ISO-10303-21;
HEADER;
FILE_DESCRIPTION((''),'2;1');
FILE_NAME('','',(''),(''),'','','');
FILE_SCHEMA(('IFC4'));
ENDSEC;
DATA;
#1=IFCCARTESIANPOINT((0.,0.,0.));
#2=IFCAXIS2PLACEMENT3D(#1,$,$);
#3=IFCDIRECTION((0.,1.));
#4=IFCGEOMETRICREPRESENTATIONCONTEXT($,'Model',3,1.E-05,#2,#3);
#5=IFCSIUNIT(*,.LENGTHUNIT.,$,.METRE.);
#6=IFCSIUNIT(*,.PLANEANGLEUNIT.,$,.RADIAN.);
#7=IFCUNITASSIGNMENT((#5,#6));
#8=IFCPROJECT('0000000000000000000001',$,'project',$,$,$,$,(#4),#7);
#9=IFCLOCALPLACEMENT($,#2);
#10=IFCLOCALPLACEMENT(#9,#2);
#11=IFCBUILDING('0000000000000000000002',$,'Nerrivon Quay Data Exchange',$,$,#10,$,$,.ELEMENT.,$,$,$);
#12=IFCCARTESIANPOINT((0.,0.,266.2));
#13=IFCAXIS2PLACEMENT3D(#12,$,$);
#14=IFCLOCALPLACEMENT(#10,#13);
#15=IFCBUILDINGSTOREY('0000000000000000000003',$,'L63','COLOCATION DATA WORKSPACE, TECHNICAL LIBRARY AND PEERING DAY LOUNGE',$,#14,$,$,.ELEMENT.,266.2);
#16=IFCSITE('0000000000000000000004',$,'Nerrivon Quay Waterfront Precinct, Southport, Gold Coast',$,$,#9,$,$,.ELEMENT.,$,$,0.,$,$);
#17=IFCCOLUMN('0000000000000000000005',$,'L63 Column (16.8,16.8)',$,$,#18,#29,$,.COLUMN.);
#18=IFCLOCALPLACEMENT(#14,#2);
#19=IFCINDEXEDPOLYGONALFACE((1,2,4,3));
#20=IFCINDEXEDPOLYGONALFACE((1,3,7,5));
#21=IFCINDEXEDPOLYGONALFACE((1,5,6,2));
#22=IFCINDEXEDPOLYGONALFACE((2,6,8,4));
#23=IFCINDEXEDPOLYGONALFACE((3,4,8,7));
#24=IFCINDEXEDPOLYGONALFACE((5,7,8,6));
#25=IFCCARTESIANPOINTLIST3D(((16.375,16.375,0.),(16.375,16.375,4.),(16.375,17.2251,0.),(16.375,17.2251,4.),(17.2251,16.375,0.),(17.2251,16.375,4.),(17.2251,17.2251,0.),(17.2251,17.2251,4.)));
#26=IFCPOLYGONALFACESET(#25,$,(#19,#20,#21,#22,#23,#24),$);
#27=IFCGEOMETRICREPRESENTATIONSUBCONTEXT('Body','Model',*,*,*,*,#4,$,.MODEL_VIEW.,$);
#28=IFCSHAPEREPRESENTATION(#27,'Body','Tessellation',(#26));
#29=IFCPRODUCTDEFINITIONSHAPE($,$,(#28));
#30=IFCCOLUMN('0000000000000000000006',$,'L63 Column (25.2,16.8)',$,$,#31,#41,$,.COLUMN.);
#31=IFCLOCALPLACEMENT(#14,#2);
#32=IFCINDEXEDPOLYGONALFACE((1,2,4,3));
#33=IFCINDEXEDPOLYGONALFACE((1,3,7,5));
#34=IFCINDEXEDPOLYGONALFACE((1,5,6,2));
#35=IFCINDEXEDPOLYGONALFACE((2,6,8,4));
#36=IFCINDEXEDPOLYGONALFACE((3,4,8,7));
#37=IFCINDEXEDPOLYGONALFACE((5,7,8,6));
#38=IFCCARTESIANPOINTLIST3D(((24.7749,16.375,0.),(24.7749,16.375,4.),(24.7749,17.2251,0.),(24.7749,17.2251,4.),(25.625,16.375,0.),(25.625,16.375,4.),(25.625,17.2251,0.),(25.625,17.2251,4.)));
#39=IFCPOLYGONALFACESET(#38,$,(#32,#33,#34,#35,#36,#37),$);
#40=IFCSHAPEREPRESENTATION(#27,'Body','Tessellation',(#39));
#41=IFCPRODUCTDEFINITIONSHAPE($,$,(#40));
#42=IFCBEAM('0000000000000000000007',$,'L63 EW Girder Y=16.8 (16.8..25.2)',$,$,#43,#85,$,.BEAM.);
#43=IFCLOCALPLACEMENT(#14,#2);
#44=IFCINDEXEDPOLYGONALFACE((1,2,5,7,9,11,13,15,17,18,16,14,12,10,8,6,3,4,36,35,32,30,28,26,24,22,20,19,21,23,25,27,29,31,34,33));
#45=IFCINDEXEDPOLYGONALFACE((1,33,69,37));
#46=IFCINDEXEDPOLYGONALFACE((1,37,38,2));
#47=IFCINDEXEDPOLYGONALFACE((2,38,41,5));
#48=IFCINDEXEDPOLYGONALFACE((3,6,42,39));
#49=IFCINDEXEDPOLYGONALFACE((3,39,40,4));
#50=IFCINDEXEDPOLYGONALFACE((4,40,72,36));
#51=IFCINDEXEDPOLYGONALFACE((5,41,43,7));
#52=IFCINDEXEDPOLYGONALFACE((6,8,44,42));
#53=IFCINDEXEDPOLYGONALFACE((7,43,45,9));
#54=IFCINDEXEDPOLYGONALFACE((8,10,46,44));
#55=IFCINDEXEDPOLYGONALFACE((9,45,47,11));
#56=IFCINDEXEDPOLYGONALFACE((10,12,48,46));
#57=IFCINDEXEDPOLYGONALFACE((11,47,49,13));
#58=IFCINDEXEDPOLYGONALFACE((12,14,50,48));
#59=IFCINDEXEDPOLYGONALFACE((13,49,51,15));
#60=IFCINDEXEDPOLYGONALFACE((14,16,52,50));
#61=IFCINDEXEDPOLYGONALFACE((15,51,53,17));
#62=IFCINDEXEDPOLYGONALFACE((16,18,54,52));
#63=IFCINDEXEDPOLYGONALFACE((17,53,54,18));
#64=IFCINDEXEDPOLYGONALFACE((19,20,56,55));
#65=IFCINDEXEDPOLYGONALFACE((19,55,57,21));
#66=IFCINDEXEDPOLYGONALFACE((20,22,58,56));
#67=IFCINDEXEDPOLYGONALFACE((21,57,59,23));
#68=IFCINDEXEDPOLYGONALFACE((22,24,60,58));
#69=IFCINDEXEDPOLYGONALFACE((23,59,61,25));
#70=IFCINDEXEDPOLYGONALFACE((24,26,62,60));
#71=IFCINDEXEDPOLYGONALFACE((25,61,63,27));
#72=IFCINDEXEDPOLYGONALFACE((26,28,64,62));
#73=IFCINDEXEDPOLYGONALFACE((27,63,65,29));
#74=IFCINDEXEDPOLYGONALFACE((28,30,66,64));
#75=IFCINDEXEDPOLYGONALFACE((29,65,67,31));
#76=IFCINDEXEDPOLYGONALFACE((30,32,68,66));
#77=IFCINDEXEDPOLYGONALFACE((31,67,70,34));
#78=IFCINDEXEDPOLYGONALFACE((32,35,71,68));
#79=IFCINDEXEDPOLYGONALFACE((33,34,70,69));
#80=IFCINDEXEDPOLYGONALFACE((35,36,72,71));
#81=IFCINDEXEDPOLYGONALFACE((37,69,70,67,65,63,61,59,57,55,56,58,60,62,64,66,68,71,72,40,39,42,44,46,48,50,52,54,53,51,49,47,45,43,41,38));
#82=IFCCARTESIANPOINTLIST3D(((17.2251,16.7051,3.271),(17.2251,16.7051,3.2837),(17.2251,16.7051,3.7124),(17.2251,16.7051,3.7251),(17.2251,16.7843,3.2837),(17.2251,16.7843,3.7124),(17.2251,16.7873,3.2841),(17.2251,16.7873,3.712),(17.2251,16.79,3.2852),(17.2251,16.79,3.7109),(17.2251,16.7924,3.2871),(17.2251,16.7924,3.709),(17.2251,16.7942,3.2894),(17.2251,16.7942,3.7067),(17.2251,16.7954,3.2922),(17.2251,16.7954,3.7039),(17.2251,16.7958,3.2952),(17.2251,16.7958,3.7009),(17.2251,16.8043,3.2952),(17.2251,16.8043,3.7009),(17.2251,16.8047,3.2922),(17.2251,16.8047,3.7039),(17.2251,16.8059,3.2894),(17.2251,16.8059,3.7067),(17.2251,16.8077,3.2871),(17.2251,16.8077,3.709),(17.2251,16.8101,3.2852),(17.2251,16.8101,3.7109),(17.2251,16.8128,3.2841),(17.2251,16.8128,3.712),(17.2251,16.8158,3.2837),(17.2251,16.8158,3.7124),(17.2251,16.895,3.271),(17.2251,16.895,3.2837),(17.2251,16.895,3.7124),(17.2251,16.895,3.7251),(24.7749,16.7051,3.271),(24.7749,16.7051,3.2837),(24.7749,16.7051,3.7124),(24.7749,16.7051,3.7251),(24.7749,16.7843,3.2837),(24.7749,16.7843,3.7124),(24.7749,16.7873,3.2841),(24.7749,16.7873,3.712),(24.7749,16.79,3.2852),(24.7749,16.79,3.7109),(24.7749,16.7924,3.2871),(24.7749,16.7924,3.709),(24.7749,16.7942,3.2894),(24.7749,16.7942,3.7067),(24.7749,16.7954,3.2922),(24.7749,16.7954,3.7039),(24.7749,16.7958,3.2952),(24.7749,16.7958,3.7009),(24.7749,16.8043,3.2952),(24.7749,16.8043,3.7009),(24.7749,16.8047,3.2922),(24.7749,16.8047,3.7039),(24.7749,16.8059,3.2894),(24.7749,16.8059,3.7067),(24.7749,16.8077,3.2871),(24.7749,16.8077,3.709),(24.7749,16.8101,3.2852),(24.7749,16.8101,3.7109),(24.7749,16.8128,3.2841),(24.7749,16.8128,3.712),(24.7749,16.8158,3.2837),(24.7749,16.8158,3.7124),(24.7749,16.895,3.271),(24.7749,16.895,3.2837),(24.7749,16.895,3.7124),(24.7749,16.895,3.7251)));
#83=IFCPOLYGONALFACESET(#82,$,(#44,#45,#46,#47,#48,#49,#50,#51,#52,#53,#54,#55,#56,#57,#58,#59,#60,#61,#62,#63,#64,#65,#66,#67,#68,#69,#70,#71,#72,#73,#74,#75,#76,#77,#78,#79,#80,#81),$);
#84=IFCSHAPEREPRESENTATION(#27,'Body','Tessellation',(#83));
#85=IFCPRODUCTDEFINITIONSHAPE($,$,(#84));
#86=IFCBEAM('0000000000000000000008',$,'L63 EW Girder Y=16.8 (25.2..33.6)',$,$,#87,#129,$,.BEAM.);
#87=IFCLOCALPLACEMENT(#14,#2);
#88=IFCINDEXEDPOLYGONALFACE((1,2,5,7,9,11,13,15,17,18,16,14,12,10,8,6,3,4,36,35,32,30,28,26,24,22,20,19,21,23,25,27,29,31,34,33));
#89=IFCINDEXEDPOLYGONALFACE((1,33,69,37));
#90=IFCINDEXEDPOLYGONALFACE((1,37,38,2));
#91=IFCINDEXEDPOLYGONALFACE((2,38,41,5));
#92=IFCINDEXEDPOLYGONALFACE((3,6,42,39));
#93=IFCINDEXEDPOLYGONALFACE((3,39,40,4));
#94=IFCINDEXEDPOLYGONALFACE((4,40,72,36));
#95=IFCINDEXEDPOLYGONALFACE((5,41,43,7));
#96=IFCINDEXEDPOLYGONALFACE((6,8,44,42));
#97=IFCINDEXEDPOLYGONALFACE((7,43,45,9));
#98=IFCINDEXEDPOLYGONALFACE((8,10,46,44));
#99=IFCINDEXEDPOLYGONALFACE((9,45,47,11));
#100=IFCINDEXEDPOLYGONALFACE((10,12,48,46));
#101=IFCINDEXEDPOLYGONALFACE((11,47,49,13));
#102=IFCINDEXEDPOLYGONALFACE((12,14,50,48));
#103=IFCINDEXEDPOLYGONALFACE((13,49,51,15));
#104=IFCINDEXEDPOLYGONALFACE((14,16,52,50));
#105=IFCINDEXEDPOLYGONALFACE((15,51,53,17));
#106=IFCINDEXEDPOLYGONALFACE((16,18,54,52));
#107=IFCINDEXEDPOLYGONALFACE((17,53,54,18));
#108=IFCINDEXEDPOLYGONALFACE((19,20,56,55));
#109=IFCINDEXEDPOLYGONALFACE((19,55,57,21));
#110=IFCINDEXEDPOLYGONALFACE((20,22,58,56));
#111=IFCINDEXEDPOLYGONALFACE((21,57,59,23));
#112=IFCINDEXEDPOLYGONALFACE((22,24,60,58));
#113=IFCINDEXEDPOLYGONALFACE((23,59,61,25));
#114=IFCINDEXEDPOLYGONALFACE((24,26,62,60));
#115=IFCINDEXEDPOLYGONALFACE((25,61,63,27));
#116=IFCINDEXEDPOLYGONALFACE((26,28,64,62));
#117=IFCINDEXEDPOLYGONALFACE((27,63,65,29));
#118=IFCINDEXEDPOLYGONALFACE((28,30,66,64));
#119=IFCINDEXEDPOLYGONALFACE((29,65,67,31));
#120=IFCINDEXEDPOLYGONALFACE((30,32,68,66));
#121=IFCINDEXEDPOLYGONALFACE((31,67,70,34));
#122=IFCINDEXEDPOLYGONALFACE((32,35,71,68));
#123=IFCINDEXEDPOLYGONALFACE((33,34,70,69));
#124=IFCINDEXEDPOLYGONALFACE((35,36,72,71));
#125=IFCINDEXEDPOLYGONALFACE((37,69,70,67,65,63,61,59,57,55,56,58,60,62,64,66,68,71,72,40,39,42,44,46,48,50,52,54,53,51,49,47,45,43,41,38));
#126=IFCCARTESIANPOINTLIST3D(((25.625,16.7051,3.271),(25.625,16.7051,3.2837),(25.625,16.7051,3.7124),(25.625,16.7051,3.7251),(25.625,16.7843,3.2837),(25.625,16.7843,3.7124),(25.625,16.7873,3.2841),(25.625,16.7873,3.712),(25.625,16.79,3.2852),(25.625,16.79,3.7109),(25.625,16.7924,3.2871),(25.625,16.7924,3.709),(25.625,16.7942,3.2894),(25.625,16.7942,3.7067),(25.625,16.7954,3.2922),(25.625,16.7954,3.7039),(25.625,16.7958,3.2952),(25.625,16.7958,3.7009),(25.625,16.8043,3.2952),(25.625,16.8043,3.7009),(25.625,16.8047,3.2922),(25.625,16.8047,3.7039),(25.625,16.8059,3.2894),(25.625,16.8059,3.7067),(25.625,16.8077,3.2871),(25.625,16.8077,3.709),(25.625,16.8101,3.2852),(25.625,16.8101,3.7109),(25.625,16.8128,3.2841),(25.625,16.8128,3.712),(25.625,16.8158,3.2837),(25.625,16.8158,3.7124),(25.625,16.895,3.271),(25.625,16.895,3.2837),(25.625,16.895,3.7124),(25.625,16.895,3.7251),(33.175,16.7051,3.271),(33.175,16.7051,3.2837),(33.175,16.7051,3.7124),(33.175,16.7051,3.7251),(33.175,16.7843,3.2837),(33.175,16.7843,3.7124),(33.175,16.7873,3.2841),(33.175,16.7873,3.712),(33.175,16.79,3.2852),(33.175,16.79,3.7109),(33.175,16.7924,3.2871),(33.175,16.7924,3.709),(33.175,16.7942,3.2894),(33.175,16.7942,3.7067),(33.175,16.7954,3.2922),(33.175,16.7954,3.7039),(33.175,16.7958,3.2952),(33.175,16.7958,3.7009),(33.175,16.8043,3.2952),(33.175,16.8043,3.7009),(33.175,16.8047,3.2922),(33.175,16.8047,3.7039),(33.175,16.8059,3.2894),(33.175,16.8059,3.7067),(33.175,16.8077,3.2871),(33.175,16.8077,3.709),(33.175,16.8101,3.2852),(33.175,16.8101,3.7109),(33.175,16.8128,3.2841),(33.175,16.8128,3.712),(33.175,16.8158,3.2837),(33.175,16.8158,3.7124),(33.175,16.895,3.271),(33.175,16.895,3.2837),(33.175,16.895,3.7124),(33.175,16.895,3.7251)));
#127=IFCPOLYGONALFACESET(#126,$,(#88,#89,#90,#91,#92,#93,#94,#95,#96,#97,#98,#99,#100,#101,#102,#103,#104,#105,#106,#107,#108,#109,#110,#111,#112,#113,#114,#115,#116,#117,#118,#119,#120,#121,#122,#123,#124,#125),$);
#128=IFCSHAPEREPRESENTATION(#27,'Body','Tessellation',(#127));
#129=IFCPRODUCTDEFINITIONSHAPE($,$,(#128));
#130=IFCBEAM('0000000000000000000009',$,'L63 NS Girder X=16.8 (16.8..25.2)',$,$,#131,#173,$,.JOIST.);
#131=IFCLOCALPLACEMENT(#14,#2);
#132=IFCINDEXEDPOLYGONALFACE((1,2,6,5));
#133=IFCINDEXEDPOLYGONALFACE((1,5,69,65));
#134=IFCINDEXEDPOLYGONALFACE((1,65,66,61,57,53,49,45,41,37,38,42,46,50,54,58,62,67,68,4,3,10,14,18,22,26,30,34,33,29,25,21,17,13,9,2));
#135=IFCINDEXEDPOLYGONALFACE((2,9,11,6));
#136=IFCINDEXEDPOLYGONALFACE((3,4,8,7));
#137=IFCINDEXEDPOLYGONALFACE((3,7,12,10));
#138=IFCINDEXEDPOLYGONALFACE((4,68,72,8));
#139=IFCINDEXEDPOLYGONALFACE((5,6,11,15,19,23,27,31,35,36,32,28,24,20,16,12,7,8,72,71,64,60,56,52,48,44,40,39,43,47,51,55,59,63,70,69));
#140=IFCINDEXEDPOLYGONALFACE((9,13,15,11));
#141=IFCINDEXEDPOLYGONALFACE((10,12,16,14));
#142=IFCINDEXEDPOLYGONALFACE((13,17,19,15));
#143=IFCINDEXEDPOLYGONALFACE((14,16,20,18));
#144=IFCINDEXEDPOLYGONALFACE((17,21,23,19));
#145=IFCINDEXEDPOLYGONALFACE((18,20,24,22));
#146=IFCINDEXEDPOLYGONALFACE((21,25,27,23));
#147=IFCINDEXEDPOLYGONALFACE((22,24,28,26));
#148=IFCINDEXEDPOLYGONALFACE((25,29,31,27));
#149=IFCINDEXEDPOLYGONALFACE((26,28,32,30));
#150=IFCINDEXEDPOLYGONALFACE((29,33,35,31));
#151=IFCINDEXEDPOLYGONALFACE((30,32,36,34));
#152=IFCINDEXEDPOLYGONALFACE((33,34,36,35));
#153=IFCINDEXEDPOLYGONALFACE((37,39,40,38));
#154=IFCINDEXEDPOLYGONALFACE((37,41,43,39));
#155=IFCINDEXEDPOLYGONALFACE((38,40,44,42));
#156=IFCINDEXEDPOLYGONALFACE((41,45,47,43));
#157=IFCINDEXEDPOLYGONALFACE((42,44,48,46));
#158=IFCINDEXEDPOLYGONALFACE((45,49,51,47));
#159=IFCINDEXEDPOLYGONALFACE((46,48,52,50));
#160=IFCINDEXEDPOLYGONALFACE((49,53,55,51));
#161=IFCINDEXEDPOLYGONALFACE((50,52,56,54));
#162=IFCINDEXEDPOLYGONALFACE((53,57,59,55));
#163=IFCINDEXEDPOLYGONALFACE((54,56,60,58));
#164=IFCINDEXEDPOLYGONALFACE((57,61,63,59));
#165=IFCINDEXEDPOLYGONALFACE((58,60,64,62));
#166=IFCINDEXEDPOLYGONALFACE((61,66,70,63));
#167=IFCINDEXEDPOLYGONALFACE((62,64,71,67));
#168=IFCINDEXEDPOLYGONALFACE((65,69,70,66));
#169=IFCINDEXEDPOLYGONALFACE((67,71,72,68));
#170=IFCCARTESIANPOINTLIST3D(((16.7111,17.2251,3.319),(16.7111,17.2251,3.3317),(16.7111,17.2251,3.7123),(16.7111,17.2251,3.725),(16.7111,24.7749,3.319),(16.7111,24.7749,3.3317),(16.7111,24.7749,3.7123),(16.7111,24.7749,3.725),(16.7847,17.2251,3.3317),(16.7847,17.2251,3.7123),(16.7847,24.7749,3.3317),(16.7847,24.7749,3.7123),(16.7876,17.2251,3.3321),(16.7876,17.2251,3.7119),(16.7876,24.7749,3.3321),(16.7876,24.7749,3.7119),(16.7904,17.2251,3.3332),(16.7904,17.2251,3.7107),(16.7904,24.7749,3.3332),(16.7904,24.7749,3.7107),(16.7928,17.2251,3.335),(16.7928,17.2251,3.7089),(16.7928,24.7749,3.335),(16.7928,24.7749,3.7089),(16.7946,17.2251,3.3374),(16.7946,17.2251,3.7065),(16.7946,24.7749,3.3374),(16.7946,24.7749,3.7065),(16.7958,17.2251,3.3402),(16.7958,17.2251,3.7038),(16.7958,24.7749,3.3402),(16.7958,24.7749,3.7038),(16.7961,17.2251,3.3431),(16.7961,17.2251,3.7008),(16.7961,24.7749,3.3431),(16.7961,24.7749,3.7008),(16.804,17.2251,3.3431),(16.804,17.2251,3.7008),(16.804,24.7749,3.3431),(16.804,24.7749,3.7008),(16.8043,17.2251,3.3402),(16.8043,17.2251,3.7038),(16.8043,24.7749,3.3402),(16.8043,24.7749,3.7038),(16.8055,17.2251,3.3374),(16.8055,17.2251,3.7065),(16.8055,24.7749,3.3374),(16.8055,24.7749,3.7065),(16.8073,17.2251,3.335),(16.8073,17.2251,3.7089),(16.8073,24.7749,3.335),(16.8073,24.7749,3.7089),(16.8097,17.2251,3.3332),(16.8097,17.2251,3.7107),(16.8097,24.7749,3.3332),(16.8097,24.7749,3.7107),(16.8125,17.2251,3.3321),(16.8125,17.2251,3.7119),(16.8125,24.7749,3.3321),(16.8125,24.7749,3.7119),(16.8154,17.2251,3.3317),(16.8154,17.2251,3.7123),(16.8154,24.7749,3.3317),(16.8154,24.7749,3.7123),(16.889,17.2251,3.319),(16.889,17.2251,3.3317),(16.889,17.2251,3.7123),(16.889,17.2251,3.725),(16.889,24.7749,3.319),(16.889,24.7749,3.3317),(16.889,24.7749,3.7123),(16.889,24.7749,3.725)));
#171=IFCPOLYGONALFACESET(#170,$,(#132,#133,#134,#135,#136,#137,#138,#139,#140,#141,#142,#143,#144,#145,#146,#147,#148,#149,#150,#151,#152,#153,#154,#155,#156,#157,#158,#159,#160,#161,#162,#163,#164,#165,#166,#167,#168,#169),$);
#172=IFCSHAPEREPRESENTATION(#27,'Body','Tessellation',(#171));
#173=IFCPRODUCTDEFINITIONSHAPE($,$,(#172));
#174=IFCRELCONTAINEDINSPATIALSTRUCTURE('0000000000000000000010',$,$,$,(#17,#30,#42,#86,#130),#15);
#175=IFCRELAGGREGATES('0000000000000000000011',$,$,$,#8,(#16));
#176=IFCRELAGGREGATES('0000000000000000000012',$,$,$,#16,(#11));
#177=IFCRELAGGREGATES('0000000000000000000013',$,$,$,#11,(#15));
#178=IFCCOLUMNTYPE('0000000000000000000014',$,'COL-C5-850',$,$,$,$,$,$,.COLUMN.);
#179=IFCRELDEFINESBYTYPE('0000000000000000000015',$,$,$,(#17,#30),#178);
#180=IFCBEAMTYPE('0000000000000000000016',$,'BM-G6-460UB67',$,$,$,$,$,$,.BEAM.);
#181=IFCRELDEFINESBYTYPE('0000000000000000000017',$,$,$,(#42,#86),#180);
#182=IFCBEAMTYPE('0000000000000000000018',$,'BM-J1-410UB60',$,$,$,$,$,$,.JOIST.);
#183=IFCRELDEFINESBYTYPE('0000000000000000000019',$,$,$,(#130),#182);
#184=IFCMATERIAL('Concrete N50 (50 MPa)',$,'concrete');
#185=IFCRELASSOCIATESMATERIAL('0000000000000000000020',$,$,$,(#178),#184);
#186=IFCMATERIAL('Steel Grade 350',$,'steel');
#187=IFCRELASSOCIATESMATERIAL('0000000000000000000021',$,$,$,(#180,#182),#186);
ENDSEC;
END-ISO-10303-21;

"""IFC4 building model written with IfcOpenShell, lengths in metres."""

from ifc_helpers import new_model, si_unit, direction, frame, origin, origin_2d, place, context, subcontext, project, spatial, rectangle, i_section, extrude, material, material_profile, profile_set, type_object, element, save


model = new_model("IFC4")

# Units and contexts
model_context = context("Model", 3, precision=1e-05, world=origin(), true_north=direction((0.0, 1.0)))
body_context = subcontext(model_context, "Body", "Model", "MODEL_VIEW")
ifc_project = project(units=[si_unit("LENGTHUNIT", "METRE"), si_unit("PLANEANGLEUNIT", "RADIAN")], contexts=[model_context])

# Site, building, storey
site_placement = place(None, origin())
site = spatial("IfcSite", under=ifc_project, at=site_placement, Name="Nerrivon Quay Waterfront Precinct, Southport, Gold Coast", CompositionType="ELEMENT", RefElevation=0.0)
building_placement = place(site_placement, origin())
building = spatial("IfcBuilding", under=site, at=building_placement, Name="Nerrivon Quay Data Exchange", CompositionType="ELEMENT")
storey_placement = place(building_placement, frame((0.0, 0.0, 266.2)))
storey = spatial("IfcBuildingStorey", under=building, at=storey_placement, Name="L63", Description="COLOCATION DATA WORKSPACE, TECHNICAL LIBRARY AND PEERING DAY LOUNGE", CompositionType="ELEMENT", Elevation=266.2)

# Columns
ifc_material_1 = material(Name="Concrete N50 (50 MPa)", Category="concrete")
ifc_material_profile_1 = material_profile(ifc_material_1, rectangle(XDim=0.8501, YDim=0.8501, at=origin_2d()), Name="RC-COL-850x850")
ifc_profile_set_1 = profile_set([ifc_material_profile_1], Name="Concrete N50 (50 MPa)")
column_type = type_object("IfcColumnType", Name="COL-C5-850", PredefinedType="COLUMN", material=ifc_profile_set_1)
for number, where, z_axis, x_axis, name in (
    (1, (16.8, 16.8, 0.0), (0.0, 0.0, 1.0), (1.0, 0.0, 0.0), "L63 Column (16.8,16.8)"),
    (2, (25.2, 16.8, 0.0), (0.0, 0.0, 1.0), (1.0, 0.0, 0.0), "L63 Column (25.2,16.8)"),
):
    element("IfcColumn", number, at=place(storey_placement, frame(where, z_axis=z_axis, x_axis=x_axis)), inside=storey, type_object=column_type, Name=name, PredefinedType="COLUMN", context=body_context, shape_type="SweptSolid", body=[
        extrude(rectangle(XDim=0.8501, YDim=0.8501, at=origin_2d()), origin(), (0.0, 0.0, 1.0), 4.0),
    ])

# Beams
ifc_material_2 = material(Name="Steel Grade 350", Category="steel")
ifc_material_profile_2 = material_profile(ifc_material_2, i_section(OverallWidth=0.1899, OverallDepth=0.4541, WebThickness=0.0085, FlangeThickness=0.0127, FilletRadius=0.0115, at=origin_2d()), Name="460UB67.1")
ifc_profile_set_2 = profile_set([ifc_material_profile_2], Name="Steel Grade 350")
beam_type_1 = type_object("IfcBeamType", Name="BM-G6-460UB67", PredefinedType="BEAM", material=ifc_profile_set_2)
beam_1_placement = place(storey_placement, frame((17.2251, 16.8, 3.498), z_axis=(1.0, 0.0, 0.0), x_axis=(0.0, 1.0, 0.0)))
element("IfcBeam", 3, at=beam_1_placement, inside=storey, type_object=beam_type_1, Name="L63 EW Girder Y=16.8 (16.8..25.2)", PredefinedType="BEAM", context=body_context, shape_type="SweptSolid", body=[
    extrude(i_section(OverallWidth=0.1899, OverallDepth=0.4541, WebThickness=0.0085, FlangeThickness=0.0127, FilletRadius=0.0115, at=origin_2d()), origin(), (0.0, 0.0, 1.0), 7.5498),
])
beam_2_placement = place(storey_placement, frame((25.625, 16.8, 3.498), z_axis=(1.0, 0.0, 0.0), x_axis=(0.0, 1.0, 0.0)))
element("IfcBeam", 4, at=beam_2_placement, inside=storey, type_object=beam_type_1, Name="L63 EW Girder Y=16.8 (25.2..33.6)", PredefinedType="BEAM", context=body_context, shape_type="SweptSolid", body=[
    extrude(i_section(OverallWidth=0.1899, OverallDepth=0.4541, WebThickness=0.0085, FlangeThickness=0.0127, FilletRadius=0.0115, at=origin_2d()), origin(), (0.0, 0.0, 1.0), 7.55),
])
ifc_material_profile_3 = material_profile(ifc_material_2, i_section(OverallWidth=0.178, OverallDepth=0.406, WebThickness=0.0078, FlangeThickness=0.0127, FilletRadius=0.0115, at=origin_2d()), Name="410UB59.7")
ifc_profile_set_3 = profile_set([ifc_material_profile_3], Name="Steel Grade 350")
beam_type_2 = type_object("IfcBeamType", Name="BM-J1-410UB60", PredefinedType="JOIST", material=ifc_profile_set_3)
beam_3_placement = place(storey_placement, frame((16.8, 17.2251, 3.522), z_axis=(0.0, 1.0, 0.0), x_axis=(-1.0, 0.0, 0.0)))
element("IfcBeam", 5, at=beam_3_placement, inside=storey, type_object=beam_type_2, Name="L63 NS Girder X=16.8 (16.8..25.2)", PredefinedType="JOIST", context=body_context, shape_type="SweptSolid", body=[
    extrude(i_section(OverallWidth=0.178, OverallDepth=0.406, WebThickness=0.0078, FlangeThickness=0.0127, FilletRadius=0.0115, at=origin_2d()), origin(), (0.0, 0.0, 1.0), 7.5498),
])

save(model, "model.ifc")
